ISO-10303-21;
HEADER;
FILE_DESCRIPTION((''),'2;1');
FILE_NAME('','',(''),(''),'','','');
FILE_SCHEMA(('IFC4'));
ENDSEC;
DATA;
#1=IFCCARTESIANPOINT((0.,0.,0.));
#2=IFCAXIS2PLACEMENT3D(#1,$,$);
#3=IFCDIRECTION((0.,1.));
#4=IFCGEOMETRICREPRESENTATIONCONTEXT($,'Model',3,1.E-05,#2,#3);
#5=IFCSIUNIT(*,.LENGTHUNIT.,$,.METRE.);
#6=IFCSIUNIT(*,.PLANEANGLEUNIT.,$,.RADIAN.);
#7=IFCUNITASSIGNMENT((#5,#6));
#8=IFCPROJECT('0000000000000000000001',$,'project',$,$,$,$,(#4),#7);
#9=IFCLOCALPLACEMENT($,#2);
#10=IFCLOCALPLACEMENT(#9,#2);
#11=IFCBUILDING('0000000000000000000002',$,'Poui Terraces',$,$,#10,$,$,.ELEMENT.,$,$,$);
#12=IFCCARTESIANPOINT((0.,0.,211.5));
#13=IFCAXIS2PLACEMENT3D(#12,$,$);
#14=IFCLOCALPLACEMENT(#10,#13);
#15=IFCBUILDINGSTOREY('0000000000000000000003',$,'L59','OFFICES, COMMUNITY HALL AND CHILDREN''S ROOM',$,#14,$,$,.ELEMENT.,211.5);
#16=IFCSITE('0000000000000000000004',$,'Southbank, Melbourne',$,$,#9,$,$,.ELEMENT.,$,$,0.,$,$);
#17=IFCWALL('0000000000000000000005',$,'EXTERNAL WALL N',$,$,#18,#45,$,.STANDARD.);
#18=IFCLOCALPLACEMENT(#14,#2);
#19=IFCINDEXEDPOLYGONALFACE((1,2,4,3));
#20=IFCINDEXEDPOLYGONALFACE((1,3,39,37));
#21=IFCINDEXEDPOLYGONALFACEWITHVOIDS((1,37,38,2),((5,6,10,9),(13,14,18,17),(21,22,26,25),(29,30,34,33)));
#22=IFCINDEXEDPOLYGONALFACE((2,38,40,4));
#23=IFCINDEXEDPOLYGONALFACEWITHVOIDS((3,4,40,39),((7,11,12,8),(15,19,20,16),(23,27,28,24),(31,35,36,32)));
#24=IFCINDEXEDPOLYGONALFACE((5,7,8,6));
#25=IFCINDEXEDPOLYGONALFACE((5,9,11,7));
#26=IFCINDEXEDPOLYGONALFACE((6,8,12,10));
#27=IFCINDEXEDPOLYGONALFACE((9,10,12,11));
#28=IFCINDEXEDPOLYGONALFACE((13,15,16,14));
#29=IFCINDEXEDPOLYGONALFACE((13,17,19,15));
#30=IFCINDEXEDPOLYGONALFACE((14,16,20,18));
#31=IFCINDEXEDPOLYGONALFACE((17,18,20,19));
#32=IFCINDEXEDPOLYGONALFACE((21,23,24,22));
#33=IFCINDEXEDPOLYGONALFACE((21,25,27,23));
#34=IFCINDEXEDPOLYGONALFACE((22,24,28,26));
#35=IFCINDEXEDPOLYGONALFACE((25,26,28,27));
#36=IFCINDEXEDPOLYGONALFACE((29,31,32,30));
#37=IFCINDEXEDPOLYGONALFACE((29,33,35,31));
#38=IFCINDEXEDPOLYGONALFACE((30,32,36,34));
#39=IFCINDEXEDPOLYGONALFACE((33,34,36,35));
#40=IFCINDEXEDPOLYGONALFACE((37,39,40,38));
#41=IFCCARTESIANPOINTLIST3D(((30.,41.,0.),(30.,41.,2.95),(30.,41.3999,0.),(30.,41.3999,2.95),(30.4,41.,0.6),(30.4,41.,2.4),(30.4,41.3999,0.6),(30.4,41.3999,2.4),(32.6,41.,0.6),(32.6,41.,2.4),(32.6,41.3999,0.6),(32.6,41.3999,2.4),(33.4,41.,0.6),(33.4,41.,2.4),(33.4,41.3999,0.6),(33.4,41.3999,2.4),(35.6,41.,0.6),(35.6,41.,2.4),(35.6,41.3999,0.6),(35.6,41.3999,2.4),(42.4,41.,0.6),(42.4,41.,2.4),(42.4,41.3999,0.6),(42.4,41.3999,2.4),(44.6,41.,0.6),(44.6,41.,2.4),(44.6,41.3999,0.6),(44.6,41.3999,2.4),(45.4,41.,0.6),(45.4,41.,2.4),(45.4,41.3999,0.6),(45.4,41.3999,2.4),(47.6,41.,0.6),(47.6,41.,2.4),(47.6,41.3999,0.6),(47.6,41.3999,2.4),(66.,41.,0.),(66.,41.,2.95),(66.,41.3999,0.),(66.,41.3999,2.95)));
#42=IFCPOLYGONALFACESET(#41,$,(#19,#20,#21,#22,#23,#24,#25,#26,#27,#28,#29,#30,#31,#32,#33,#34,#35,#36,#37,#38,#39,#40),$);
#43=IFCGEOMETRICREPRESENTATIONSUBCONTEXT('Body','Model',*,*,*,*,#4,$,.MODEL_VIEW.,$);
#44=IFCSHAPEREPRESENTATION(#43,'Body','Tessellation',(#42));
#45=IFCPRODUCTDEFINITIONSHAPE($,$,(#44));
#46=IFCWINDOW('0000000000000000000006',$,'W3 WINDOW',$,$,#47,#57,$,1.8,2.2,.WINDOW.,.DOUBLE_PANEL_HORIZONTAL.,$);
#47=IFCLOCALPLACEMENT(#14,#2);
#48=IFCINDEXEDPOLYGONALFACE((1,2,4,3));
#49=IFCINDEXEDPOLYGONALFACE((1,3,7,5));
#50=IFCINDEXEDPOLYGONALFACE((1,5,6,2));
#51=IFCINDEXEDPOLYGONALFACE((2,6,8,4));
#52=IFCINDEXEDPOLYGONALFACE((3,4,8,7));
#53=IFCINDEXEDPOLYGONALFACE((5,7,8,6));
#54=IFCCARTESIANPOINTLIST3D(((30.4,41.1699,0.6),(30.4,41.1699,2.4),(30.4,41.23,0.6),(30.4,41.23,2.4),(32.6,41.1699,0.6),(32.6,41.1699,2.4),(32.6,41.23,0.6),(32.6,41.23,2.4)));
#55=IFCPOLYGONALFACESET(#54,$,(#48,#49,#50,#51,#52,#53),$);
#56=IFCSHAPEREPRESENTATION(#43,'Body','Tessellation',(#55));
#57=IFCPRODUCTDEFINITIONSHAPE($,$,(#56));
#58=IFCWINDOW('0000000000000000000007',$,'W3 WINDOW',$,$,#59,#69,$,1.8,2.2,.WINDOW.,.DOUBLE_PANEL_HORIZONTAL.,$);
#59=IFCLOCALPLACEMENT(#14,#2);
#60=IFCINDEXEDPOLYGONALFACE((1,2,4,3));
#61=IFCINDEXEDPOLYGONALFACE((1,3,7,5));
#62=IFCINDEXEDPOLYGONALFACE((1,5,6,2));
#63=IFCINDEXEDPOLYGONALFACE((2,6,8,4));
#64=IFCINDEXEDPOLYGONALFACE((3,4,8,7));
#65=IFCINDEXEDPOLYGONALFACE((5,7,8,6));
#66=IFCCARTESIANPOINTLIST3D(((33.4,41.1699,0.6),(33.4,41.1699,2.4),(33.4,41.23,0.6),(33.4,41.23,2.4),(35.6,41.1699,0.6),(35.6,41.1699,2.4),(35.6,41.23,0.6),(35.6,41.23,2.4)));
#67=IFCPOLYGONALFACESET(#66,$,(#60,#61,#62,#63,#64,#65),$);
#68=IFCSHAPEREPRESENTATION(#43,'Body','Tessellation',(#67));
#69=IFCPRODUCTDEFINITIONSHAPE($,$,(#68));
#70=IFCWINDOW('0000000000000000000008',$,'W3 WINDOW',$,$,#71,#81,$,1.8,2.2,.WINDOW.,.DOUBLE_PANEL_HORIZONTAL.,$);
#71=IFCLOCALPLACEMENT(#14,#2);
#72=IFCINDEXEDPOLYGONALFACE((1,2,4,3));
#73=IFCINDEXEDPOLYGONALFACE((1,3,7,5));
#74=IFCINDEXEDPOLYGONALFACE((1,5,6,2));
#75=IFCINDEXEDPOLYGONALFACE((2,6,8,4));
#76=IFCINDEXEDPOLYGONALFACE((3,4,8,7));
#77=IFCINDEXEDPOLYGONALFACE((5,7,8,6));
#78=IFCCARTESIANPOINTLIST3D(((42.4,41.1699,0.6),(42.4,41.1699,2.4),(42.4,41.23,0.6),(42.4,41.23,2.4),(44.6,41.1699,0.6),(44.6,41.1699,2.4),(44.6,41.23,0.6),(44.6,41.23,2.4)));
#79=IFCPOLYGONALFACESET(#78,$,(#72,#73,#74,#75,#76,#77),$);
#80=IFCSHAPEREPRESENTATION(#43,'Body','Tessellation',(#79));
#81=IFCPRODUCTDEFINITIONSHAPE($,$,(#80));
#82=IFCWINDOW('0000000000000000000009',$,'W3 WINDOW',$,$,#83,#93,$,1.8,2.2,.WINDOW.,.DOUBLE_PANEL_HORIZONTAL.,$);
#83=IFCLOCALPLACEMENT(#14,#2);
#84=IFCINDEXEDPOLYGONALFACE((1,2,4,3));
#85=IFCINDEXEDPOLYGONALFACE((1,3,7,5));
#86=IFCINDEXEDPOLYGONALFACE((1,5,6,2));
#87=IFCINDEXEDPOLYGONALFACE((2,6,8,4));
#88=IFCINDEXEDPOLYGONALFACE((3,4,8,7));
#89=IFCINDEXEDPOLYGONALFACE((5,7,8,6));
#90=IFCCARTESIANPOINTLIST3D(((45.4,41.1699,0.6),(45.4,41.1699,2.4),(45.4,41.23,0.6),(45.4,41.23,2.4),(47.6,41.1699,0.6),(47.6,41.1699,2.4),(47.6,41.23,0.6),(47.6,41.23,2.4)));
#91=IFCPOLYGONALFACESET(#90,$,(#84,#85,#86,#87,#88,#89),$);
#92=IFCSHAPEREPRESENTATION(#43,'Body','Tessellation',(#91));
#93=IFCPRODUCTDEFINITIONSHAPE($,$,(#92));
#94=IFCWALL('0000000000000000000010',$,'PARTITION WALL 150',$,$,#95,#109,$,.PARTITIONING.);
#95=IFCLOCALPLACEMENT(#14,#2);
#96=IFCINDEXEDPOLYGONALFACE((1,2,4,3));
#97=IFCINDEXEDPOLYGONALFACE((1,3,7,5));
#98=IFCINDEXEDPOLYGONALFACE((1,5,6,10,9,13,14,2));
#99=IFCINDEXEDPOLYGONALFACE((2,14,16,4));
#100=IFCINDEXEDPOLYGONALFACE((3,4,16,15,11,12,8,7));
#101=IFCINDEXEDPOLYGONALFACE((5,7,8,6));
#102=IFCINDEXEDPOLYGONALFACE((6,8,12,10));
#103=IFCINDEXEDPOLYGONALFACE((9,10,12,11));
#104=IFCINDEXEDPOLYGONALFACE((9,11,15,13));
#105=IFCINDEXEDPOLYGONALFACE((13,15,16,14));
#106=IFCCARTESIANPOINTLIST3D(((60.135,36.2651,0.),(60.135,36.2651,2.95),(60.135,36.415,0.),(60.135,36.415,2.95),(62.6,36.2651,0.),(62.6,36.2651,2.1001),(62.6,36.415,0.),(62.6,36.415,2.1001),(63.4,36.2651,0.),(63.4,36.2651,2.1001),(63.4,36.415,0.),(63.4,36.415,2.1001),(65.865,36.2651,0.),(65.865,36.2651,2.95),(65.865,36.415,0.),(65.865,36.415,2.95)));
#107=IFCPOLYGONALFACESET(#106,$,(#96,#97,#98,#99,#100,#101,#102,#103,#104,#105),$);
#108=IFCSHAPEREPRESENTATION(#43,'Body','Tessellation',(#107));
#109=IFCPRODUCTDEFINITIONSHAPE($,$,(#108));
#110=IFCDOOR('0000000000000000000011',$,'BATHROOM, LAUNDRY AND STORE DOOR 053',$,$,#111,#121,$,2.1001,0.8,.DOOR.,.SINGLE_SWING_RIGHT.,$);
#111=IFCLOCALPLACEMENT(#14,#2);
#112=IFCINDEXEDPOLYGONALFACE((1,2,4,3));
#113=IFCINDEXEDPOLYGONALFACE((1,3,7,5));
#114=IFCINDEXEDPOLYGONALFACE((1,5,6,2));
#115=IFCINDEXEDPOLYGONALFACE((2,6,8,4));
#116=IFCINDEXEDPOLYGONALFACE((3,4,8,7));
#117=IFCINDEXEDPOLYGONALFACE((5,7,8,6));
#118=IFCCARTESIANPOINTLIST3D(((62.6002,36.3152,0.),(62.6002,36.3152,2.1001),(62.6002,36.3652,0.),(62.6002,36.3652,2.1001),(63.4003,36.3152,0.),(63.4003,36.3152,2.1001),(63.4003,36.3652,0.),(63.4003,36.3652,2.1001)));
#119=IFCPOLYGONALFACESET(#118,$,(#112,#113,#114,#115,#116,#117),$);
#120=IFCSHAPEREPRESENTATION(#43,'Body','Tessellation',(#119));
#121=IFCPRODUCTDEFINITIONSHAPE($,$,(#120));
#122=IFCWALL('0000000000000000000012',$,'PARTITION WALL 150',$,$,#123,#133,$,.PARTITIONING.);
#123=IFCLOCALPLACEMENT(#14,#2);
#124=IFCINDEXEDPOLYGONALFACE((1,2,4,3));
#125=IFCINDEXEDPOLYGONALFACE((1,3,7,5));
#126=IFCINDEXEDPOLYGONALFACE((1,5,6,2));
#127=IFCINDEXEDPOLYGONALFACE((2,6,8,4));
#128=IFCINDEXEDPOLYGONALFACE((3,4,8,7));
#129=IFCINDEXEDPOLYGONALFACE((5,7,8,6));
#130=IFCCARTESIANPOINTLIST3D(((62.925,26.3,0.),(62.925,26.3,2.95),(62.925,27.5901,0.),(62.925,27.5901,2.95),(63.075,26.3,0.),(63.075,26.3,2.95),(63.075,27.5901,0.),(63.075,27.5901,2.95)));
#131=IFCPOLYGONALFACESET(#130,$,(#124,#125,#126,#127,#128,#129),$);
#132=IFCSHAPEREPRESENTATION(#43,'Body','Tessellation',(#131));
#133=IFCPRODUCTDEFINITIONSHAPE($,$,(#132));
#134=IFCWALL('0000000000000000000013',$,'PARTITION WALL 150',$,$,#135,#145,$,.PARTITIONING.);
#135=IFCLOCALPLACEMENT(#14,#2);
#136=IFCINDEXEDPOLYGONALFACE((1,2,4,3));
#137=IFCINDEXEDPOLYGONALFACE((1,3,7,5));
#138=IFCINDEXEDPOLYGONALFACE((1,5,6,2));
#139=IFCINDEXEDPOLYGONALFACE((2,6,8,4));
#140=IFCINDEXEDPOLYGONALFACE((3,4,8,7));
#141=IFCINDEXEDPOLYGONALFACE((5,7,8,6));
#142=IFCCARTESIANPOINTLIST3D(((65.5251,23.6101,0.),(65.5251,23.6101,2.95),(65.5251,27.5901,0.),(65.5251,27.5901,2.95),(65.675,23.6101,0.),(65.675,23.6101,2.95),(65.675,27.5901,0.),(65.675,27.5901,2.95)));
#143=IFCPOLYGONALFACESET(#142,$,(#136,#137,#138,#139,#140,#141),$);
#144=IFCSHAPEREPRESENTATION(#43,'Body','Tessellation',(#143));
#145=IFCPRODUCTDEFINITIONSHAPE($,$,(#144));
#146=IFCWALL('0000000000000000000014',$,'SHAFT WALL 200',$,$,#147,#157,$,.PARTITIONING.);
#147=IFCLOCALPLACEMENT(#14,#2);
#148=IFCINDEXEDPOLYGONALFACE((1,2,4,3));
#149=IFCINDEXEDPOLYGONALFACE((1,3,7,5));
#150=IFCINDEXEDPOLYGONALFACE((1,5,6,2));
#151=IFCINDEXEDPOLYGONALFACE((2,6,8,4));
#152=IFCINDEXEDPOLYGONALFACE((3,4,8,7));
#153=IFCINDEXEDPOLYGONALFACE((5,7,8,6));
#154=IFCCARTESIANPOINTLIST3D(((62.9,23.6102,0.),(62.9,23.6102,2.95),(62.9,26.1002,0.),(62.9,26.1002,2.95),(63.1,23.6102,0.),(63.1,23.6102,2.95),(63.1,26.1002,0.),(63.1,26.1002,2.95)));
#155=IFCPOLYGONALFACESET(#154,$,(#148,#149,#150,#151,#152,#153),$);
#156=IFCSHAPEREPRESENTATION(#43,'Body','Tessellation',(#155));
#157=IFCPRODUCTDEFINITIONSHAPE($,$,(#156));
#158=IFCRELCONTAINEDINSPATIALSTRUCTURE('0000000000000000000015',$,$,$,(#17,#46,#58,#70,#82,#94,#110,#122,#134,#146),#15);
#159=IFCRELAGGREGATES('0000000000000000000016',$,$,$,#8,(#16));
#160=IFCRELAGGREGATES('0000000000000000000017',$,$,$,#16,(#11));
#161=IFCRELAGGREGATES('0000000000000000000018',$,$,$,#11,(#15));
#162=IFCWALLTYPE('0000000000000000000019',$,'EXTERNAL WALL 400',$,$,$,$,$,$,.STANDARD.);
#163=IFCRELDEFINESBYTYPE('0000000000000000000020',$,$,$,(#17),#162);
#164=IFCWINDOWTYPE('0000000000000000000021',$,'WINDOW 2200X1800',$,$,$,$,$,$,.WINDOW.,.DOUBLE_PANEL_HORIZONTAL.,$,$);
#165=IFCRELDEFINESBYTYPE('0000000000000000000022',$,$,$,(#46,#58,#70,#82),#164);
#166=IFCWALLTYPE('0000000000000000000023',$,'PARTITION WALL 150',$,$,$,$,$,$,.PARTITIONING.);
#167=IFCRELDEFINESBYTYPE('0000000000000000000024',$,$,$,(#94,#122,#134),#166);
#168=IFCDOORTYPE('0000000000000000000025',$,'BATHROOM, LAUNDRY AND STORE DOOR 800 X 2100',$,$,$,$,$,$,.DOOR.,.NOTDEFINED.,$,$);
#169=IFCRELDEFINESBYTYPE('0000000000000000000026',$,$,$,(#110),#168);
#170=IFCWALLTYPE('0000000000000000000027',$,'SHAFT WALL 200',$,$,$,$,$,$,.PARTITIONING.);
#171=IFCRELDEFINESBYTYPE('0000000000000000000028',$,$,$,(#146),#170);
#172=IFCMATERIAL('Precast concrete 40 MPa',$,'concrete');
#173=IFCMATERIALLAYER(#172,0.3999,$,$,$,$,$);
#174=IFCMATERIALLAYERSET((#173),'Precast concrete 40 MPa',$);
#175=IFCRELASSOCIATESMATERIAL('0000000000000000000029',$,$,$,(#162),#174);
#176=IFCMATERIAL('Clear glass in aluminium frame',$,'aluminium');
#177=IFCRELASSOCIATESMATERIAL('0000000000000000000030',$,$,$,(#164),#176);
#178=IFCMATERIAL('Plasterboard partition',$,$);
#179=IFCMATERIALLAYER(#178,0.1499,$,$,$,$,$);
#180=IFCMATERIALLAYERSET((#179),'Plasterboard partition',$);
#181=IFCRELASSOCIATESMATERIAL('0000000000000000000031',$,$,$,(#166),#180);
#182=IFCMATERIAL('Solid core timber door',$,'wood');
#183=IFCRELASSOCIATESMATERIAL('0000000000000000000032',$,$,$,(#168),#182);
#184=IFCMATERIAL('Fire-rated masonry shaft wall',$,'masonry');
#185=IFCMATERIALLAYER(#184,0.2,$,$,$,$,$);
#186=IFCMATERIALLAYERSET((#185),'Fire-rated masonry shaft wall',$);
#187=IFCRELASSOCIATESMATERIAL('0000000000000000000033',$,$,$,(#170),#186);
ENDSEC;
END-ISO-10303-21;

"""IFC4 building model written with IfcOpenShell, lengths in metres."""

from ifc_helpers import new_model, si_unit, direction, frame, frame_2d, origin, place, context, subcontext, project, spatial, rectangle, extrude, material, layer, layer_set, type_object, element, fill, save


model = new_model("IFC4")

# Units and contexts
model_context = context("Model", 3, precision=1e-05, world=origin(), true_north=direction((0.0, 1.0)))
body_context = subcontext(model_context, "Body", "Model", "MODEL_VIEW")
ifc_project = project(units=[si_unit("LENGTHUNIT", "METRE"), si_unit("PLANEANGLEUNIT", "RADIAN")], contexts=[model_context])

# Site, building, storey
site_placement = place(None, origin())
site = spatial("IfcSite", under=ifc_project, at=site_placement, Name="Southbank, Melbourne", CompositionType="ELEMENT", RefElevation=0.0)
building_placement = place(site_placement, origin())
building = spatial("IfcBuilding", under=site, at=building_placement, Name="Poui Terraces", CompositionType="ELEMENT")
storey_placement = place(building_placement, frame((0.0, 0.0, 211.5)))
storey = spatial("IfcBuildingStorey", under=building, at=storey_placement, Name="L59", Description="OFFICES, COMMUNITY HALL AND CHILDREN'S ROOM", CompositionType="ELEMENT", Elevation=211.5)

# Wall, openings, windows
ifc_material_1 = material(Name="Precast concrete 40 MPa", Category="concrete")
ifc_layer_1 = layer(ifc_material_1, 0.3999)
ifc_layer_set_1 = layer_set([ifc_layer_1], Name="Precast concrete 40 MPa")
wall_type_1 = type_object("IfcWallType", Name="EXTERNAL WALL 400", PredefinedType="STANDARD", material=ifc_layer_set_1)
wall_1_placement = place(storey_placement, frame((66.0, 41.2, 0.0), z_axis=(0.0, 0.0, 1.0), x_axis=(-1.0, 0.0, 0.0)))
wall_1 = element("IfcWall", 1, at=wall_1_placement, inside=storey, type_object=wall_type_1, Name="EXTERNAL WALL N", PredefinedType="STANDARD", context=body_context, shape_type="SweptSolid", body=[
    extrude(rectangle(XDim=36.0, YDim=0.3999, at=frame_2d((18.0, 0.0))), origin(), (0.0, 0.0, 1.0), 2.95),
])
opening_1_placement = place(wall_1_placement, frame((33.3999, 0.0, 0.6001)))
opening_1 = element("IfcOpeningElement", 2, at=opening_1_placement, cuts=wall_1, PredefinedType="OPENING", context=body_context, shape_type="SweptSolid", body=[
    extrude(rectangle(XDim=2.2, YDim=1.8, at=frame_2d((1.1001, 0.8999))), frame((0.0, 0.21, 0.0), z_axis=(0.0, -1.0, 0.0), x_axis=(1.0, 0.0, 0.0)), (0.0, 0.0, 1.0), 0.4199),
])
opening_2_placement = place(wall_1_placement, frame((30.3999, 0.0, 0.6001)))
opening_2 = element("IfcOpeningElement", 3, at=opening_2_placement, cuts=wall_1, PredefinedType="OPENING", context=body_context, shape_type="SweptSolid", body=[
    extrude(rectangle(XDim=2.2, YDim=1.8, at=frame_2d((1.1001, 0.8999))), frame((0.0, 0.21, 0.0), z_axis=(0.0, -1.0, 0.0), x_axis=(1.0, 0.0, 0.0)), (0.0, 0.0, 1.0), 0.4199),
])
opening_3_placement = place(wall_1_placement, frame((21.3999, 0.0, 0.6001)))
opening_3 = element("IfcOpeningElement", 4, at=opening_3_placement, cuts=wall_1, PredefinedType="OPENING", context=body_context, shape_type="SweptSolid", body=[
    extrude(rectangle(XDim=2.2, YDim=1.8, at=frame_2d((1.1001, 0.8999))), frame((0.0, 0.21, 0.0), z_axis=(0.0, -1.0, 0.0), x_axis=(1.0, 0.0, 0.0)), (0.0, 0.0, 1.0), 0.4199),
])
opening_4_placement = place(wall_1_placement, frame((18.3999, 0.0, 0.6001)))
opening_4 = element("IfcOpeningElement", 5, at=opening_4_placement, cuts=wall_1, PredefinedType="OPENING", context=body_context, shape_type="SweptSolid", body=[
    extrude(rectangle(XDim=2.2, YDim=1.8, at=frame_2d((1.1001, 0.8999))), frame((0.0, 0.21, 0.0), z_axis=(0.0, -1.0, 0.0), x_axis=(1.0, 0.0, 0.0)), (0.0, 0.0, 1.0), 0.4199),
])
ifc_material_2 = material(Name="Clear glass in aluminium frame", Category="aluminium")
window_type = type_object("IfcWindowType", Name="WINDOW 2200X1800", PartitioningType="DOUBLE_PANEL_HORIZONTAL", PredefinedType="WINDOW", material=ifc_material_2)
window_1_placement = place(opening_1_placement, origin())
window_1 = element("IfcWindow", 6, at=window_1_placement, inside=storey, type_object=window_type, Name="W3 WINDOW", OverallHeight=1.8, OverallWidth=2.2, PartitioningType="DOUBLE_PANEL_HORIZONTAL", PredefinedType="WINDOW", context=body_context, shape_type="SweptSolid", body=[
    extrude(rectangle(XDim=2.2, YDim=1.8, at=frame_2d((1.1001, 0.8999))), frame((0.0, 0.03, 0.0), z_axis=(0.0, -1.0, 0.0), x_axis=(1.0, 0.0, 0.0)), (0.0, 0.0, 1.0), 0.0601),
])
fill(opening_1, window_1)
window_2_placement = place(opening_2_placement, origin())
window_2 = element("IfcWindow", 7, at=window_2_placement, inside=storey, type_object=window_type, Name="W3 WINDOW", OverallHeight=1.8, OverallWidth=2.2, PartitioningType="DOUBLE_PANEL_HORIZONTAL", PredefinedType="WINDOW", context=body_context, shape_type="SweptSolid", body=[
    extrude(rectangle(XDim=2.2, YDim=1.8, at=frame_2d((1.1001, 0.8999))), frame((0.0, 0.03, 0.0), z_axis=(0.0, -1.0, 0.0), x_axis=(1.0, 0.0, 0.0)), (0.0, 0.0, 1.0), 0.0601),
])
fill(opening_2, window_2)
window_3_placement = place(opening_3_placement, origin())
window_3 = element("IfcWindow", 8, at=window_3_placement, inside=storey, type_object=window_type, Name="W3 WINDOW", OverallHeight=1.8, OverallWidth=2.2, PartitioningType="DOUBLE_PANEL_HORIZONTAL", PredefinedType="WINDOW", context=body_context, shape_type="SweptSolid", body=[
    extrude(rectangle(XDim=2.2, YDim=1.8, at=frame_2d((1.1001, 0.8999))), frame((0.0, 0.03, 0.0), z_axis=(0.0, -1.0, 0.0), x_axis=(1.0, 0.0, 0.0)), (0.0, 0.0, 1.0), 0.0601),
])
fill(opening_3, window_3)
window_4_placement = place(opening_4_placement, origin())
window_4 = element("IfcWindow", 9, at=window_4_placement, inside=storey, type_object=window_type, Name="W3 WINDOW", OverallHeight=1.8, OverallWidth=2.2, PartitioningType="DOUBLE_PANEL_HORIZONTAL", PredefinedType="WINDOW", context=body_context, shape_type="SweptSolid", body=[
    extrude(rectangle(XDim=2.2, YDim=1.8, at=frame_2d((1.1001, 0.8999))), frame((0.0, 0.03, 0.0), z_axis=(0.0, -1.0, 0.0), x_axis=(1.0, 0.0, 0.0)), (0.0, 0.0, 1.0), 0.0601),
])
fill(opening_4, window_4)

# Wall, opening, door
ifc_material_3 = material(Name="Plasterboard partition")
ifc_layer_2 = layer(ifc_material_3, 0.1499)
ifc_layer_set_2 = layer_set([ifc_layer_2], Name="Plasterboard partition")
wall_type_2 = type_object("IfcWallType", Name="PARTITION WALL 150", PredefinedType="PARTITIONING", material=ifc_layer_set_2)
wall_2_placement = place(storey_placement, frame((60.135, 36.3401, 0.0), z_axis=(0.0, 0.0, 1.0), x_axis=(1.0, 0.0, 0.0)))
wall_2 = element("IfcWall", 10, at=wall_2_placement, inside=storey, type_object=wall_type_2, Name="PARTITION WALL 150", PredefinedType="PARTITIONING", context=body_context, shape_type="SweptSolid", body=[
    extrude(rectangle(XDim=5.73, YDim=0.1499, at=frame_2d((2.865, 0.0))), origin(), (0.0, 0.0, 1.0), 2.95),
])
opening_5_placement = place(wall_2_placement, frame((2.4651, 0.0, 0.0)))
opening_5 = element("IfcOpeningElement", 11, at=opening_5_placement, cuts=wall_2, PredefinedType="OPENING", context=body_context, shape_type="SweptSolid", body=[
    extrude(rectangle(XDim=0.8, YDim=2.1001, at=frame_2d((0.3999, 1.05))), frame((0.0, 0.085, 0.0), z_axis=(0.0, -1.0, 0.0), x_axis=(1.0, 0.0, 0.0)), (0.0, 0.0, 1.0), 0.1699),
])
ifc_material_4 = material(Name="Solid core timber door", Category="wood")
door_type_1 = type_object("IfcDoorType", Name="BATHROOM, LAUNDRY AND STORE DOOR 800 X 2100", OperationType="NOTDEFINED", PredefinedType="DOOR", material=ifc_material_4)
door_1_placement = place(opening_5_placement, frame((0.8, 0.0, 0.0), z_axis=(0.0, 0.0, 1.0), x_axis=(-1.0, 0.0, 0.0)))
door_1 = element("IfcDoor", 12, at=door_1_placement, inside=storey, type_object=door_type_1, Name="BATHROOM, LAUNDRY AND STORE DOOR 053", OperationType="SINGLE_SWING_RIGHT", OverallHeight=2.1001, OverallWidth=0.8, PredefinedType="DOOR", context=body_context, shape_type="SweptSolid", body=[
    extrude(rectangle(XDim=0.8, YDim=2.1001, at=frame_2d((0.3999, 1.05))), frame((0.0, 0.0249, 0.0), z_axis=(0.0, -1.0, 0.0), x_axis=(1.0, 0.0, 0.0)), (0.0, 0.0, 1.0), 0.05),
])
fill(opening_5, door_1)

# Walls
wall_3_placement = place(storey_placement, frame((63.0, 26.3, 0.0), z_axis=(0.0, 0.0, 1.0), x_axis=(0.0, 1.0, 0.0)))
element("IfcWall", 13, at=wall_3_placement, inside=storey, type_object=wall_type_2, Name="PARTITION WALL 150", PredefinedType="PARTITIONING", context=body_context, shape_type="SweptSolid", body=[
    extrude(rectangle(XDim=1.29, YDim=0.1499, at=frame_2d((0.645, 0.0))), origin(), (0.0, 0.0, 1.0), 2.95),
])
wall_4_placement = place(storey_placement, frame((65.6001, 23.6101, 0.0), z_axis=(0.0, 0.0, 1.0), x_axis=(0.0, 1.0, 0.0)))
element("IfcWall", 14, at=wall_4_placement, inside=storey, type_object=wall_type_2, Name="PARTITION WALL 150", PredefinedType="PARTITIONING", context=body_context, shape_type="SweptSolid", body=[
    extrude(rectangle(XDim=3.98, YDim=0.1499, at=frame_2d((1.99, 0.0))), origin(), (0.0, 0.0, 1.0), 2.95),
])
ifc_material_5 = material(Name="Fire-rated masonry shaft wall", Category="masonry")
ifc_layer_3 = layer(ifc_material_5, 0.2)
ifc_layer_set_3 = layer_set([ifc_layer_3], Name="Fire-rated masonry shaft wall")
wall_type_3 = type_object("IfcWallType", Name="SHAFT WALL 200", PredefinedType="PARTITIONING", material=ifc_layer_set_3)
wall_5_placement = place(storey_placement, frame((63.0, 23.6101, 0.0), z_axis=(0.0, 0.0, 1.0), x_axis=(0.0, 1.0, 0.0)))
element("IfcWall", 15, at=wall_5_placement, inside=storey, type_object=wall_type_3, Name="SHAFT WALL 200", PredefinedType="PARTITIONING", context=body_context, shape_type="SweptSolid", body=[
    extrude(rectangle(XDim=2.49, YDim=0.2, at=frame_2d((1.2451, 0.0))), origin(), (0.0, 0.0, 1.0), 2.95),
])

save(model, "model.ifc")
